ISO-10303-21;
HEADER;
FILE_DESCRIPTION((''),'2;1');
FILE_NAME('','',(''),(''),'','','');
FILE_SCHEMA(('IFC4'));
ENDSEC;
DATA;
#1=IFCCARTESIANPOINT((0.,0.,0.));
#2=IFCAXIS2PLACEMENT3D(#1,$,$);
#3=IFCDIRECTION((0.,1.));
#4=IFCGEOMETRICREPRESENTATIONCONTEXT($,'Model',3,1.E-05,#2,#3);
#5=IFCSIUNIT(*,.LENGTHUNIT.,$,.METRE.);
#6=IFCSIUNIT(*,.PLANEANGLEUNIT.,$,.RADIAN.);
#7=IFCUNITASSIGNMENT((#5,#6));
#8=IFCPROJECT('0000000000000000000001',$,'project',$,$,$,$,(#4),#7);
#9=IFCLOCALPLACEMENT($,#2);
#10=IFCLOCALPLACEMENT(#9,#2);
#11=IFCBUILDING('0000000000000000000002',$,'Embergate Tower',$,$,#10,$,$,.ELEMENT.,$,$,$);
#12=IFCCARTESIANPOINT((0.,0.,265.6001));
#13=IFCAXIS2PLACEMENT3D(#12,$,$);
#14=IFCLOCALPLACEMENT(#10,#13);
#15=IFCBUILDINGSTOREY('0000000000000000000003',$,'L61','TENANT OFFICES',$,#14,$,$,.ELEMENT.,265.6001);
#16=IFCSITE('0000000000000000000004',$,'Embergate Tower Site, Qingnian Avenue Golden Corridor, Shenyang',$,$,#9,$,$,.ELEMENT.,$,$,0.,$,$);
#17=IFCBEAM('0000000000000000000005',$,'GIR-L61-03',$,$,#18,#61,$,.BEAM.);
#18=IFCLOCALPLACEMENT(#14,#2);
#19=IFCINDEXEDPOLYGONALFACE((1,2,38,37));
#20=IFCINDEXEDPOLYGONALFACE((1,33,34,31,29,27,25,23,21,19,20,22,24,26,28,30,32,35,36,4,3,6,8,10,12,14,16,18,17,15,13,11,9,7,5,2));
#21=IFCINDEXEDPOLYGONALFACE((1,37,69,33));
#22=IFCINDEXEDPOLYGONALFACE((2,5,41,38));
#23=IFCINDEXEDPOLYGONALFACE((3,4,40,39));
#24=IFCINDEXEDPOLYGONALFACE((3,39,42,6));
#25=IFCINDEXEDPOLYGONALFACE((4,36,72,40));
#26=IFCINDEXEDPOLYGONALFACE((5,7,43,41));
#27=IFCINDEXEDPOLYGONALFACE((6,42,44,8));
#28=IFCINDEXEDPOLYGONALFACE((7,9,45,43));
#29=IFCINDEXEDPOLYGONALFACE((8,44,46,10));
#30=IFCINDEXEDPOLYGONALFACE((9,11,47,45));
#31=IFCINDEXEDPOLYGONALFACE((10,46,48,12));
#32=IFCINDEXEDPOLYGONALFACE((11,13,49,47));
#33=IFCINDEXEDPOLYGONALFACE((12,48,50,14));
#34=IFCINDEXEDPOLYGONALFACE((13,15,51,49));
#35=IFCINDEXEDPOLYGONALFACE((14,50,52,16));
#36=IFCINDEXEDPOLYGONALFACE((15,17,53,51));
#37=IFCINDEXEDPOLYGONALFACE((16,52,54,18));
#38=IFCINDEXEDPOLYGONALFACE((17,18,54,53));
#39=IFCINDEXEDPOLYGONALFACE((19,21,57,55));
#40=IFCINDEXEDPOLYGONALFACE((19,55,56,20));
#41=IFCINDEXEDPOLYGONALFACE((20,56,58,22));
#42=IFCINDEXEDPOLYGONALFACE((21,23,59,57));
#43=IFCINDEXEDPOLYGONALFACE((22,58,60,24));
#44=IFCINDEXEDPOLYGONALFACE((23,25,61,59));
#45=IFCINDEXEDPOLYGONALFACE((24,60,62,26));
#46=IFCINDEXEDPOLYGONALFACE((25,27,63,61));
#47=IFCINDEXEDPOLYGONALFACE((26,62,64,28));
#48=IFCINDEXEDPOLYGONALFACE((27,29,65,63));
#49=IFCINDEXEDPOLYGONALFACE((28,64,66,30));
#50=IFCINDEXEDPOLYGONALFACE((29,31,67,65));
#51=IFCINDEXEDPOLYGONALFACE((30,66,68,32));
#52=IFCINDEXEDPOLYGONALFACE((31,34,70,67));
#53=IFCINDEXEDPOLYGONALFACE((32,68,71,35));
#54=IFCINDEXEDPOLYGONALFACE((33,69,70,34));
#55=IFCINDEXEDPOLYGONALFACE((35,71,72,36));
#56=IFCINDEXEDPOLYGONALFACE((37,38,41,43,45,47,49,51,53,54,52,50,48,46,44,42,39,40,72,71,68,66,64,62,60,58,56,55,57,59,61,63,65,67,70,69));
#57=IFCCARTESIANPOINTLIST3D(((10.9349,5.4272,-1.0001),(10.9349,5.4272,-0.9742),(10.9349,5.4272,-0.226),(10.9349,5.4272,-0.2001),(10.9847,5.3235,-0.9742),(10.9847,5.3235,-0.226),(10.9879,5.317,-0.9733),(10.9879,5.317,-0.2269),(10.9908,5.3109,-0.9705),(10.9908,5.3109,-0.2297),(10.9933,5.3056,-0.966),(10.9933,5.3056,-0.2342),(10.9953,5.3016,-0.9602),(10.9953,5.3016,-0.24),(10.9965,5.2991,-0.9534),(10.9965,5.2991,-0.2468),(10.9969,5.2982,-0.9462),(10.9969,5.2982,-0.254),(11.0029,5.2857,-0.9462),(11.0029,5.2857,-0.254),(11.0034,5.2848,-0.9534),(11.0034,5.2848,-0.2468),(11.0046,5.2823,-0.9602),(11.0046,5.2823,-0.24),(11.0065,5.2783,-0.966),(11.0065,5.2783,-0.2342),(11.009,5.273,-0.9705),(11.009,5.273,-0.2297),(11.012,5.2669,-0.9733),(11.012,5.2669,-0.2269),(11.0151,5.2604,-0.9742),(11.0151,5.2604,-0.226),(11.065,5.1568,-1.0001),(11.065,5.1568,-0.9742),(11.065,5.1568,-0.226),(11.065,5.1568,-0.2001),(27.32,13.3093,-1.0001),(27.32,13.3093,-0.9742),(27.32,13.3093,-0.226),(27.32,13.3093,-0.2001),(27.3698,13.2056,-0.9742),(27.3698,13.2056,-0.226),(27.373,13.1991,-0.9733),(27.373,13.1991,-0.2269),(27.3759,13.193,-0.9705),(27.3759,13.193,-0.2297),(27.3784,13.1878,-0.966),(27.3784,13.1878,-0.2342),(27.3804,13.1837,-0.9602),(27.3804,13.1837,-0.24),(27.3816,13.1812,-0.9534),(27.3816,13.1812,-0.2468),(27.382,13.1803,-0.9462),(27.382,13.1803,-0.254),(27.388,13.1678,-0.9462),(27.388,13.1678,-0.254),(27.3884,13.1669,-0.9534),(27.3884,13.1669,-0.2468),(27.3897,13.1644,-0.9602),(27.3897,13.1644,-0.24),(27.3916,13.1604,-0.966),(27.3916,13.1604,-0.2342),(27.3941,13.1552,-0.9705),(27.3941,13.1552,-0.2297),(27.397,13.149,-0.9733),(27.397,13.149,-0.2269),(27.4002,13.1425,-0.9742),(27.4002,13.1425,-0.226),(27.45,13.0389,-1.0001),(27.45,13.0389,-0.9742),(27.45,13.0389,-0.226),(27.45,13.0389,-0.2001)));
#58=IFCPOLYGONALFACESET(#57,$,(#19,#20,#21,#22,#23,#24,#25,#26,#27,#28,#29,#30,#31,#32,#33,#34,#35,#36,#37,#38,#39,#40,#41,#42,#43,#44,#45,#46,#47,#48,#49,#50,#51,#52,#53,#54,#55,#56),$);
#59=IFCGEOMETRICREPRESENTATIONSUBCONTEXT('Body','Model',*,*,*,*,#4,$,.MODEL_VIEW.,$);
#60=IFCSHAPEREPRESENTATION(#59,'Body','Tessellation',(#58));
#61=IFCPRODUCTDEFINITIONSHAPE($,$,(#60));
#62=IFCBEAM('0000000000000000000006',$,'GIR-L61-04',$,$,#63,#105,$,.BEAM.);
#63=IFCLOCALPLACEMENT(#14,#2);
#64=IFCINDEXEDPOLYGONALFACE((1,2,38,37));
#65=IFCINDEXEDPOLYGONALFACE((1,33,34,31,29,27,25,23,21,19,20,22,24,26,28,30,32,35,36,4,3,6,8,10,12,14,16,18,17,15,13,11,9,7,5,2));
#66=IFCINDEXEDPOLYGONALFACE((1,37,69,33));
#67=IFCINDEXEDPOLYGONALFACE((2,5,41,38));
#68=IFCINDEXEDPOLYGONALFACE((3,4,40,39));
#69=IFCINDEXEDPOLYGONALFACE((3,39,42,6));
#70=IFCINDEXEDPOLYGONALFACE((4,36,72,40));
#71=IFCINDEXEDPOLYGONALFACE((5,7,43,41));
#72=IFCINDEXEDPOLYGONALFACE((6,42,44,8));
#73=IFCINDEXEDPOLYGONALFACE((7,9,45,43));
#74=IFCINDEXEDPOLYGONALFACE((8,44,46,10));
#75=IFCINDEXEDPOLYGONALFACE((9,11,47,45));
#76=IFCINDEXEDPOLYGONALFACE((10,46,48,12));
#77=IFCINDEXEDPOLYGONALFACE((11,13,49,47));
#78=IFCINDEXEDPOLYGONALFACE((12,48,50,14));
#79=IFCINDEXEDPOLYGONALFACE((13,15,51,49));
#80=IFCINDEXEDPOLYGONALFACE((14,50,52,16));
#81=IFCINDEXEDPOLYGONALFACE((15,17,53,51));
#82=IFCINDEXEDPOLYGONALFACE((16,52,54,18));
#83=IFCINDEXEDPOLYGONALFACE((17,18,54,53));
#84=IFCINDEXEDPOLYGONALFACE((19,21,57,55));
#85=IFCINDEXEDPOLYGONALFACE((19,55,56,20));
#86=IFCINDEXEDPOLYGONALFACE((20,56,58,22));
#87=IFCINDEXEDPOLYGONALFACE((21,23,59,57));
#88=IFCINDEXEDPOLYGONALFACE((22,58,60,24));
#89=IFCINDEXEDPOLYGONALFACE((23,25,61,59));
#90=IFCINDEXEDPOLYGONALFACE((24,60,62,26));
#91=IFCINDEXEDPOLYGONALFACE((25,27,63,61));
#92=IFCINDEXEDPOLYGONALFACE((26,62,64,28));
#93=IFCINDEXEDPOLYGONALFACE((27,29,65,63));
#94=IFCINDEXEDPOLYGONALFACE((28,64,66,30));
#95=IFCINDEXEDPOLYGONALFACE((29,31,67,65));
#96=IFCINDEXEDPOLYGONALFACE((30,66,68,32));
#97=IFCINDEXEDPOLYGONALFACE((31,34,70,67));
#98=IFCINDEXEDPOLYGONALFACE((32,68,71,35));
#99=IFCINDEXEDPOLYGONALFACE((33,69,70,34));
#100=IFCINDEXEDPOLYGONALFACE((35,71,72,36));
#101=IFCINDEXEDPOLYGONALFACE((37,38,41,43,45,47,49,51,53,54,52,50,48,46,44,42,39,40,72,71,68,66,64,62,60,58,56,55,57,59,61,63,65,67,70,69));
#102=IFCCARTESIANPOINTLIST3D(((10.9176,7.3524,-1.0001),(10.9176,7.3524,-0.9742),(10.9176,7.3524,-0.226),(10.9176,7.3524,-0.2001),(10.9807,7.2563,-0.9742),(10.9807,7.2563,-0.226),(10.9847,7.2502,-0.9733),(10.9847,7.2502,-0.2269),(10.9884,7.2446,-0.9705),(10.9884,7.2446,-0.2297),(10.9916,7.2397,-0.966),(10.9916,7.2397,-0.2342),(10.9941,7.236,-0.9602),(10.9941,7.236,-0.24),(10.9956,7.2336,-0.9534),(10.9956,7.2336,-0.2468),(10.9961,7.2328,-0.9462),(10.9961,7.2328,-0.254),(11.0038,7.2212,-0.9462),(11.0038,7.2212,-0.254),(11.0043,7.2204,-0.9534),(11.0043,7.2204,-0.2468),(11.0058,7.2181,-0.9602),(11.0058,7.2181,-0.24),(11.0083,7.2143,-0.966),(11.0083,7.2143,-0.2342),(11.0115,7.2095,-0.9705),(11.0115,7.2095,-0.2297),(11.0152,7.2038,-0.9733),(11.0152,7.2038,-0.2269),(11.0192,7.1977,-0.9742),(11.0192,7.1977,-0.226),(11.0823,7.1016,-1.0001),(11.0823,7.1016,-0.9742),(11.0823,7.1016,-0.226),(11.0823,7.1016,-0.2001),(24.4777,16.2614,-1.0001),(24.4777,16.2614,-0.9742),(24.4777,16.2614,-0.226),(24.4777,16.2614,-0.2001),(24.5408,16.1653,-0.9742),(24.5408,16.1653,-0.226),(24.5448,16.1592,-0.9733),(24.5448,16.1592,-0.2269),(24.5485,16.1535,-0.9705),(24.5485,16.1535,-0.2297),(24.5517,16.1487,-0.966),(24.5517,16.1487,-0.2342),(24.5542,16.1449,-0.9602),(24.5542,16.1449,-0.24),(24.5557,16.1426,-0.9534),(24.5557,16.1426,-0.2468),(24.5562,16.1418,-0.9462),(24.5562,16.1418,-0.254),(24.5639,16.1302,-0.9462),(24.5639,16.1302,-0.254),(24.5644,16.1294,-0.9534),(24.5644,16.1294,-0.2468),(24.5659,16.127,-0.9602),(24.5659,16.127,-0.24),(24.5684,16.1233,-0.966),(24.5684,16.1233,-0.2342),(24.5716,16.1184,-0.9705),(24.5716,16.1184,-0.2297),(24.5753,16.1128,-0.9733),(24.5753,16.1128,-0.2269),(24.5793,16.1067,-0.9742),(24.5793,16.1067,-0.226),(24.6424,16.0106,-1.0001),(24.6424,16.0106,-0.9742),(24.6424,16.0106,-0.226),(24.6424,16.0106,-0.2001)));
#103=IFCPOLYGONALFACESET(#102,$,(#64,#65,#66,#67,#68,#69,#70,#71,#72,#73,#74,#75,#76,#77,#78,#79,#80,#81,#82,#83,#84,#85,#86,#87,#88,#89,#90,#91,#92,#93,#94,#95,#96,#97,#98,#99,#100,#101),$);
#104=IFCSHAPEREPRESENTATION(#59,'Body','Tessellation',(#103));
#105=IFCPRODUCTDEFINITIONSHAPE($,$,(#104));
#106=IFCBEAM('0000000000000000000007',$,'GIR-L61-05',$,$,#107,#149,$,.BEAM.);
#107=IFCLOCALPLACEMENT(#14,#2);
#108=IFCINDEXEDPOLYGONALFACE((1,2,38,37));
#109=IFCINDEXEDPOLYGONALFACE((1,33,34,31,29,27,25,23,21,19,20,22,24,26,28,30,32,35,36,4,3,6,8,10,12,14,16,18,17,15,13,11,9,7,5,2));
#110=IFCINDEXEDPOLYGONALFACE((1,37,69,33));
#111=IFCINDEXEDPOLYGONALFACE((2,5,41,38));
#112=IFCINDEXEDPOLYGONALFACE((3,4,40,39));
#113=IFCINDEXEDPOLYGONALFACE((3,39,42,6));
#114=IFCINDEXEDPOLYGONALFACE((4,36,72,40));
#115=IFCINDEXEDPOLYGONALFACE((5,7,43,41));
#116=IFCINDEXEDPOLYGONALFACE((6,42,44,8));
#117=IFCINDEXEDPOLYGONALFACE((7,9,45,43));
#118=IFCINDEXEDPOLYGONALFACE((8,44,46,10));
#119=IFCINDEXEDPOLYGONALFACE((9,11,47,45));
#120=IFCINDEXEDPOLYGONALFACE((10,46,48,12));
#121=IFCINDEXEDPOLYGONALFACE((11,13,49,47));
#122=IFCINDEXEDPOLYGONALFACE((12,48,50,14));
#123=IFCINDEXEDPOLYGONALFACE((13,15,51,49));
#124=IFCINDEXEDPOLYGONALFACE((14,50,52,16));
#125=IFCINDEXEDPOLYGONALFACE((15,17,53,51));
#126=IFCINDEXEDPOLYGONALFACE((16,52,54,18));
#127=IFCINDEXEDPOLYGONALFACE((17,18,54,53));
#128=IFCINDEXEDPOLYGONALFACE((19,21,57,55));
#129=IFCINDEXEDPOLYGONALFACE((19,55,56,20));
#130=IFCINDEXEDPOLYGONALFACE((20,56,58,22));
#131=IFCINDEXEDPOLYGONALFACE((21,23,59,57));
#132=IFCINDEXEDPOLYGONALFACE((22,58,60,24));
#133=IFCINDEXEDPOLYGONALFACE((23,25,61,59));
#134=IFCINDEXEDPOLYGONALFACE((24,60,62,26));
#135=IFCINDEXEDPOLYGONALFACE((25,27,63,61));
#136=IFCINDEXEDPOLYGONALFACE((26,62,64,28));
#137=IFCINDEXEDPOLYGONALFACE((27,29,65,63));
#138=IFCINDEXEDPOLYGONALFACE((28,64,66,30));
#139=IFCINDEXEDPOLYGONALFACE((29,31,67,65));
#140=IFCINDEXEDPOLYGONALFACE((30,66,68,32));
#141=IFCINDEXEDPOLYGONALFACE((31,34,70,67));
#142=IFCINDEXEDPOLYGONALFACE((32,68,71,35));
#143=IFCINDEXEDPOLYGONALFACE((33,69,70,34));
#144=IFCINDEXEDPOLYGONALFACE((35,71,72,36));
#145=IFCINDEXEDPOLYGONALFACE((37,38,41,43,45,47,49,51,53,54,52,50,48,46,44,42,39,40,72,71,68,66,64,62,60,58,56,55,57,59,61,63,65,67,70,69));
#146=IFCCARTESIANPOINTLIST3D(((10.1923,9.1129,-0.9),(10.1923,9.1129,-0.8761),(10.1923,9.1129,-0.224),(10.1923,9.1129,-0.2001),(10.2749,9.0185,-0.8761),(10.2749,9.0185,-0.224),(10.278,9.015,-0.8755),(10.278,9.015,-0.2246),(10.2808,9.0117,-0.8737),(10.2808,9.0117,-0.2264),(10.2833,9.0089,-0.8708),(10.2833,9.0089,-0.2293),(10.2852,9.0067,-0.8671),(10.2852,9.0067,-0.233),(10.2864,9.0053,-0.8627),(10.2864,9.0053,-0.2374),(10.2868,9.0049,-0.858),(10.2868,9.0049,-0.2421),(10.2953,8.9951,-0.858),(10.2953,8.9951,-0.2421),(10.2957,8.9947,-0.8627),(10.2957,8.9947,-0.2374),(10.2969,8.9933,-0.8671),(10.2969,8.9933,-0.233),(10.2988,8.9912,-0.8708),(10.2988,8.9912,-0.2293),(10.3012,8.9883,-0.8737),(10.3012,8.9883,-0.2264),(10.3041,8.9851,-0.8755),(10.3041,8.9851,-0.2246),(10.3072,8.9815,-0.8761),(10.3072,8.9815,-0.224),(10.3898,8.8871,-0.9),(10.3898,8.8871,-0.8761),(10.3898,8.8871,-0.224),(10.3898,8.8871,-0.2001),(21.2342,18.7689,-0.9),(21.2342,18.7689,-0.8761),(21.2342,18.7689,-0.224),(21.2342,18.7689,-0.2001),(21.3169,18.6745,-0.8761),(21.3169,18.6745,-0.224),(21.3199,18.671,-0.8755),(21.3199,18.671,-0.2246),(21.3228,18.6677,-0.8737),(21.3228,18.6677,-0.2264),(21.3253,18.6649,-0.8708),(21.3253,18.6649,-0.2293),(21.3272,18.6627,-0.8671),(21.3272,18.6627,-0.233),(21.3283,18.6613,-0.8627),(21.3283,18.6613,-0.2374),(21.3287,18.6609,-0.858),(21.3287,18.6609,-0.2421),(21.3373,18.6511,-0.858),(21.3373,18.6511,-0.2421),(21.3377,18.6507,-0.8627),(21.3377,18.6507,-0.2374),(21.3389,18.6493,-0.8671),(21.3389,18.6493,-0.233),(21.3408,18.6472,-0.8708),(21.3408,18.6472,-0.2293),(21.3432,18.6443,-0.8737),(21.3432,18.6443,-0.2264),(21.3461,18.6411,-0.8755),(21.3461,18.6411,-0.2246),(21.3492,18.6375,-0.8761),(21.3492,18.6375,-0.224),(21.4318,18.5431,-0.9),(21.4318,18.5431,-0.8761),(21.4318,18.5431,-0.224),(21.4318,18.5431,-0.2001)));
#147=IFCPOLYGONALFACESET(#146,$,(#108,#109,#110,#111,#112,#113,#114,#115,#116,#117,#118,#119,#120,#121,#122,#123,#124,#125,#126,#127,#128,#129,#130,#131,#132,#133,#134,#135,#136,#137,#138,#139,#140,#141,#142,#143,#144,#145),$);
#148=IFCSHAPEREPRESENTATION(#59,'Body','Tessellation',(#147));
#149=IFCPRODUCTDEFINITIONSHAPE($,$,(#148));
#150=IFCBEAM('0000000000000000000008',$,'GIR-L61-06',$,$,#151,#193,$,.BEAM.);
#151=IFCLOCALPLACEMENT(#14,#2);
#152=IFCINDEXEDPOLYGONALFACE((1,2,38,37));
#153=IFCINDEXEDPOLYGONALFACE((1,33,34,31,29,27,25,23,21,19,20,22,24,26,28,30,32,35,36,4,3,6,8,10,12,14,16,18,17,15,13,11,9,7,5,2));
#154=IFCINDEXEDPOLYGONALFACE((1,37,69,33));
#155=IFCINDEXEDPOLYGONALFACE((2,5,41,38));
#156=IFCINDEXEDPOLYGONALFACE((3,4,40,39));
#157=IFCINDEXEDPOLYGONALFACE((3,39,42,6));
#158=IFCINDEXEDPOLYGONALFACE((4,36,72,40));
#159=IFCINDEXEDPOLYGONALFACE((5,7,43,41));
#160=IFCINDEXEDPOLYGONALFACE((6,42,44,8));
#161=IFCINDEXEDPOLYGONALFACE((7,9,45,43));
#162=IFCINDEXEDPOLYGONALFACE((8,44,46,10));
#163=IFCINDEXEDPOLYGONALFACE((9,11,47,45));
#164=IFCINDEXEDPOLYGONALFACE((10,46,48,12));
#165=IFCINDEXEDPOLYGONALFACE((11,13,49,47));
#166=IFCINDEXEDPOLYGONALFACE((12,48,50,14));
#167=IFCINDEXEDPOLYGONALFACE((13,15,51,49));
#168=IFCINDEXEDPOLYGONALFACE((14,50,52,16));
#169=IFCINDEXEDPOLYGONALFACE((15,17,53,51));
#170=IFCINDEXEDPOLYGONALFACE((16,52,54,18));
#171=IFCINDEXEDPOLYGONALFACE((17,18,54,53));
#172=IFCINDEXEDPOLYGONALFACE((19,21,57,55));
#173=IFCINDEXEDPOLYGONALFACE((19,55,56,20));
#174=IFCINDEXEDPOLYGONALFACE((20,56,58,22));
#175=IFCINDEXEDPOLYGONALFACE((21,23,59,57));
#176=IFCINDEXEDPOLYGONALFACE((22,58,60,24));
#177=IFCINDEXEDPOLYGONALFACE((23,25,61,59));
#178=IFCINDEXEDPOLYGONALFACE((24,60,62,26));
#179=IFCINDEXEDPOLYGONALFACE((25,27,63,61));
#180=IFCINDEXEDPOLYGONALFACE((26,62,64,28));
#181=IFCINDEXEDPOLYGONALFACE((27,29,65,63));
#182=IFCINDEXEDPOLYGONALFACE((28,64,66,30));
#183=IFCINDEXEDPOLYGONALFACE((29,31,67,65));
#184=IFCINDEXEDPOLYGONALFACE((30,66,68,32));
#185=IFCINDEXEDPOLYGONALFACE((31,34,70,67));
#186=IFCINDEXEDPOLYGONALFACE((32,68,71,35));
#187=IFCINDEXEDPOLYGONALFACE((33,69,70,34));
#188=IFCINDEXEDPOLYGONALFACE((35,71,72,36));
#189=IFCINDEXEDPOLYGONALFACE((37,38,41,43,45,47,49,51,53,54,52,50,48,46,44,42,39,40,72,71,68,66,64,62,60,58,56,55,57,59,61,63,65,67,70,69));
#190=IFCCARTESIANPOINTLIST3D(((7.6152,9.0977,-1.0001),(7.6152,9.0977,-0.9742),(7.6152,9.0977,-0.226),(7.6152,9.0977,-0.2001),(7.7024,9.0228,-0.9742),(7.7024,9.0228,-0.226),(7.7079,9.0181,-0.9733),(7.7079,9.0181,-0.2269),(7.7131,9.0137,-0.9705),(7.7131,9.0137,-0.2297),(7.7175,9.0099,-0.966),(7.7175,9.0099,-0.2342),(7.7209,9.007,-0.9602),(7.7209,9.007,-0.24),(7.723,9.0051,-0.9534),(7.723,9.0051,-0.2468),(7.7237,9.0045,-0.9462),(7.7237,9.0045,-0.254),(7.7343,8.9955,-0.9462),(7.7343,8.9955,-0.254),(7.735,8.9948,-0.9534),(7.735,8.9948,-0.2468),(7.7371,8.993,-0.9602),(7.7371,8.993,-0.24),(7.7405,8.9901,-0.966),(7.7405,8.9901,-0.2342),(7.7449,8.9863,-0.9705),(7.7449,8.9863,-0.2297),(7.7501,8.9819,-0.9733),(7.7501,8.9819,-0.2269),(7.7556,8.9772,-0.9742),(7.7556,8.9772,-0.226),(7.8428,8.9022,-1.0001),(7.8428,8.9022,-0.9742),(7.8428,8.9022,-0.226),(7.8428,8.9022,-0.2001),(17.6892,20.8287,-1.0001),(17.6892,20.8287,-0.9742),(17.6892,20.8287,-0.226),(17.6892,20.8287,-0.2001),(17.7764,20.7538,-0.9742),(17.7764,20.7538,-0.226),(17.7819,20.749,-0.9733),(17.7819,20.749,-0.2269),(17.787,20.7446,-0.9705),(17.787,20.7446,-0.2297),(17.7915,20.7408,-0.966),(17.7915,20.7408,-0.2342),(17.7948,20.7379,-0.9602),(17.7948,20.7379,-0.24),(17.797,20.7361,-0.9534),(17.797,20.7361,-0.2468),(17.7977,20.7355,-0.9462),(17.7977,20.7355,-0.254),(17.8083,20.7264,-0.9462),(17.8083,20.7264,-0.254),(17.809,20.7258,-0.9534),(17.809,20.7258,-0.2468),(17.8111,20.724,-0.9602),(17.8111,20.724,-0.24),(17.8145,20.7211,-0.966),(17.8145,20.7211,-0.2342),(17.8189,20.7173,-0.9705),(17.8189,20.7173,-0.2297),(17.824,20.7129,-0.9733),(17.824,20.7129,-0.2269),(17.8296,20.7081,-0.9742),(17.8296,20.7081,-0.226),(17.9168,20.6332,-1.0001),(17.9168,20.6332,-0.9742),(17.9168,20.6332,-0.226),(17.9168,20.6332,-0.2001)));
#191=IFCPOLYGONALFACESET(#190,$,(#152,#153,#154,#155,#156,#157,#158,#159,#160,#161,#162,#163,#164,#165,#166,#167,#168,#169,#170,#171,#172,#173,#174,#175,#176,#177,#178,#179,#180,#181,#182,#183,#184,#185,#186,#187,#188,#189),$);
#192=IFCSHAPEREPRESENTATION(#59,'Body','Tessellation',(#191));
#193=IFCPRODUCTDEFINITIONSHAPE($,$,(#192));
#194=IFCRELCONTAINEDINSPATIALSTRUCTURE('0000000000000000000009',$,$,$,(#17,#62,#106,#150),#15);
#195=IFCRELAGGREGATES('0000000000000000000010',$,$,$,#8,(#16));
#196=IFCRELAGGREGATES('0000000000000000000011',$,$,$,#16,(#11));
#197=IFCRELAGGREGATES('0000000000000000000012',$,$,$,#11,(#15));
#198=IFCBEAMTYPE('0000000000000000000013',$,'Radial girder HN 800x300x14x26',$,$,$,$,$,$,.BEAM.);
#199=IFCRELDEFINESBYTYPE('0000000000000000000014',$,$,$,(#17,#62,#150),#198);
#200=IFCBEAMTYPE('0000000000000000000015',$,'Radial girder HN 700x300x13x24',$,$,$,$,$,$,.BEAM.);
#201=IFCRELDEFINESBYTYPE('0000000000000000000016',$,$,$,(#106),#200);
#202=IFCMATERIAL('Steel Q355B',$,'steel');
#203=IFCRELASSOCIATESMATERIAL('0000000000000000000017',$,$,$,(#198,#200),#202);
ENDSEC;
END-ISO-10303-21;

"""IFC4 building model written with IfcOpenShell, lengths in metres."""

from ifc_helpers import new_model, si_unit, direction, frame, origin, origin_2d, place, context, subcontext, project, spatial, i_section, extrude, source, transform, mapped, material, material_profile, profile_set, type_object, element, save


model = new_model("IFC4")

# Units and contexts
model_context = context("Model", 3, precision=1e-05, world=origin(), true_north=direction((0.0, 1.0)))
body_context = subcontext(model_context, "Body", "Model", "MODEL_VIEW")
ifc_project = project(units=[si_unit("LENGTHUNIT", "METRE"), si_unit("PLANEANGLEUNIT", "RADIAN")], contexts=[model_context])

# Site, building, storey
site_placement = place(None, origin())
site = spatial("IfcSite", under=ifc_project, at=site_placement, Name="Embergate Tower Site, Qingnian Avenue Golden Corridor, Shenyang", CompositionType="ELEMENT", RefElevation=0.0)
building_placement = place(site_placement, origin())
building = spatial("IfcBuilding", under=site, at=building_placement, Name="Embergate Tower", CompositionType="ELEMENT")
storey_placement = place(building_placement, frame((0.0, 0.0, 265.6001)))
storey = spatial("IfcBuildingStorey", under=building, at=storey_placement, Name="L61", Description="TENANT OFFICES", CompositionType="ELEMENT", Elevation=265.6001)

# Beams
ifc_material_1 = material(Name="Steel Q355B", Category="steel")
ifc_material_profile_1 = material_profile(ifc_material_1, i_section(OverallWidth=0.3, OverallDepth=0.8, WebThickness=0.0139, FlangeThickness=0.0259, FilletRadius=0.0281, at=origin_2d()), Name="HN 800x300x14x26")
ifc_profile_set_1 = profile_set([ifc_material_profile_1], Name="Steel Q355 grade B")
beam_type_1 = type_object("IfcBeamType", Name="Radial girder HN 800x300x14x26", PredefinedType="BEAM", material=ifc_profile_set_1)
shared_shape_1 = source(origin(), body_context, "Body", "SweptSolid", [
    extrude(i_section(OverallWidth=0.3, OverallDepth=0.8, WebThickness=0.0139, FlangeThickness=0.0259, FilletRadius=0.0281, at=origin_2d()), origin(), (0.0, 0.0, 1.0), 18.1824),
])
beam_1_placement = place(storey_placement, frame((27.385, 13.1741, -0.6001), z_axis=(-0.901152, -0.433503, 0.0), x_axis=(0.433503, -0.901152, 0.0)))
element("IfcBeam", 1, at=beam_1_placement, inside=storey, type_object=beam_type_1, Name="GIR-L61-03", PredefinedType="BEAM", context=body_context, shape_type="MappedRepresentation", body=[
    mapped(shared_shape_1, transform((0.0, 0.0, 0.0))),
])
shared_shape_2 = source(origin(), body_context, "Body", "SweptSolid", [
    extrude(i_section(OverallWidth=0.3, OverallDepth=0.8, WebThickness=0.0139, FlangeThickness=0.0259, FilletRadius=0.0281, at=origin_2d()), origin(), (0.0, 0.0, 1.0), 16.2249),
])
beam_2_placement = place(storey_placement, frame((24.5601, 16.136, -0.6001), z_axis=(-0.835761, -0.549094, 0.0), x_axis=(0.549094, -0.835761, 0.0)))
element("IfcBeam", 2, at=beam_2_placement, inside=storey, type_object=beam_type_1, Name="GIR-L61-04", PredefinedType="BEAM", context=body_context, shape_type="MappedRepresentation", body=[
    mapped(shared_shape_2, transform((0.0, 0.0, 0.0))),
])
ifc_material_profile_2 = material_profile(ifc_material_1, i_section(OverallWidth=0.3, OverallDepth=0.7, WebThickness=0.0129, FlangeThickness=0.0239, FilletRadius=0.0181, at=origin_2d()), Name="HN 700x300x13x24")
ifc_profile_set_2 = profile_set([ifc_material_profile_2], Name="Steel Q355 grade B")
beam_type_2 = type_object("IfcBeamType", Name="Radial girder HN 700x300x13x24", PredefinedType="BEAM", material=ifc_profile_set_2)
shared_shape_3 = source(origin(), body_context, "Body", "SweptSolid", [
    extrude(i_section(OverallWidth=0.3, OverallDepth=0.7, WebThickness=0.0129, FlangeThickness=0.0239, FilletRadius=0.0181, at=origin_2d()), origin(), (0.0, 0.0, 1.0), 14.6685),
])
beam_3_placement = place(storey_placement, frame((21.333, 18.656, -0.55), z_axis=(-0.75277, -0.658283, 0.0), x_axis=(0.658283, -0.75277, 0.0)))
element("IfcBeam", 3, at=beam_3_placement, inside=storey, type_object=beam_type_2, Name="GIR-L61-05", PredefinedType="BEAM", context=body_context, shape_type="MappedRepresentation", body=[
    mapped(shared_shape_3, transform((0.0, 0.0, 0.0))),
])
shared_shape_4 = source(origin(), body_context, "Body", "SweptSolid", [
    extrude(i_section(OverallWidth=0.3, OverallDepth=0.8, WebThickness=0.0139, FlangeThickness=0.0259, FilletRadius=0.0281, at=origin_2d()), origin(), (0.0, 0.0, 1.0), 15.4629),
])
beam_4_placement = place(storey_placement, frame((17.803, 20.731, -0.6001), z_axis=(-0.651495, -0.758653, 0.0), x_axis=(0.758653, -0.651495, 0.0)))
element("IfcBeam", 4, at=beam_4_placement, inside=storey, type_object=beam_type_1, Name="GIR-L61-06", PredefinedType="BEAM", context=body_context, shape_type="MappedRepresentation", body=[
    mapped(shared_shape_4, transform((0.0, 0.0, 0.0))),
])

save(model, "model.ifc")
